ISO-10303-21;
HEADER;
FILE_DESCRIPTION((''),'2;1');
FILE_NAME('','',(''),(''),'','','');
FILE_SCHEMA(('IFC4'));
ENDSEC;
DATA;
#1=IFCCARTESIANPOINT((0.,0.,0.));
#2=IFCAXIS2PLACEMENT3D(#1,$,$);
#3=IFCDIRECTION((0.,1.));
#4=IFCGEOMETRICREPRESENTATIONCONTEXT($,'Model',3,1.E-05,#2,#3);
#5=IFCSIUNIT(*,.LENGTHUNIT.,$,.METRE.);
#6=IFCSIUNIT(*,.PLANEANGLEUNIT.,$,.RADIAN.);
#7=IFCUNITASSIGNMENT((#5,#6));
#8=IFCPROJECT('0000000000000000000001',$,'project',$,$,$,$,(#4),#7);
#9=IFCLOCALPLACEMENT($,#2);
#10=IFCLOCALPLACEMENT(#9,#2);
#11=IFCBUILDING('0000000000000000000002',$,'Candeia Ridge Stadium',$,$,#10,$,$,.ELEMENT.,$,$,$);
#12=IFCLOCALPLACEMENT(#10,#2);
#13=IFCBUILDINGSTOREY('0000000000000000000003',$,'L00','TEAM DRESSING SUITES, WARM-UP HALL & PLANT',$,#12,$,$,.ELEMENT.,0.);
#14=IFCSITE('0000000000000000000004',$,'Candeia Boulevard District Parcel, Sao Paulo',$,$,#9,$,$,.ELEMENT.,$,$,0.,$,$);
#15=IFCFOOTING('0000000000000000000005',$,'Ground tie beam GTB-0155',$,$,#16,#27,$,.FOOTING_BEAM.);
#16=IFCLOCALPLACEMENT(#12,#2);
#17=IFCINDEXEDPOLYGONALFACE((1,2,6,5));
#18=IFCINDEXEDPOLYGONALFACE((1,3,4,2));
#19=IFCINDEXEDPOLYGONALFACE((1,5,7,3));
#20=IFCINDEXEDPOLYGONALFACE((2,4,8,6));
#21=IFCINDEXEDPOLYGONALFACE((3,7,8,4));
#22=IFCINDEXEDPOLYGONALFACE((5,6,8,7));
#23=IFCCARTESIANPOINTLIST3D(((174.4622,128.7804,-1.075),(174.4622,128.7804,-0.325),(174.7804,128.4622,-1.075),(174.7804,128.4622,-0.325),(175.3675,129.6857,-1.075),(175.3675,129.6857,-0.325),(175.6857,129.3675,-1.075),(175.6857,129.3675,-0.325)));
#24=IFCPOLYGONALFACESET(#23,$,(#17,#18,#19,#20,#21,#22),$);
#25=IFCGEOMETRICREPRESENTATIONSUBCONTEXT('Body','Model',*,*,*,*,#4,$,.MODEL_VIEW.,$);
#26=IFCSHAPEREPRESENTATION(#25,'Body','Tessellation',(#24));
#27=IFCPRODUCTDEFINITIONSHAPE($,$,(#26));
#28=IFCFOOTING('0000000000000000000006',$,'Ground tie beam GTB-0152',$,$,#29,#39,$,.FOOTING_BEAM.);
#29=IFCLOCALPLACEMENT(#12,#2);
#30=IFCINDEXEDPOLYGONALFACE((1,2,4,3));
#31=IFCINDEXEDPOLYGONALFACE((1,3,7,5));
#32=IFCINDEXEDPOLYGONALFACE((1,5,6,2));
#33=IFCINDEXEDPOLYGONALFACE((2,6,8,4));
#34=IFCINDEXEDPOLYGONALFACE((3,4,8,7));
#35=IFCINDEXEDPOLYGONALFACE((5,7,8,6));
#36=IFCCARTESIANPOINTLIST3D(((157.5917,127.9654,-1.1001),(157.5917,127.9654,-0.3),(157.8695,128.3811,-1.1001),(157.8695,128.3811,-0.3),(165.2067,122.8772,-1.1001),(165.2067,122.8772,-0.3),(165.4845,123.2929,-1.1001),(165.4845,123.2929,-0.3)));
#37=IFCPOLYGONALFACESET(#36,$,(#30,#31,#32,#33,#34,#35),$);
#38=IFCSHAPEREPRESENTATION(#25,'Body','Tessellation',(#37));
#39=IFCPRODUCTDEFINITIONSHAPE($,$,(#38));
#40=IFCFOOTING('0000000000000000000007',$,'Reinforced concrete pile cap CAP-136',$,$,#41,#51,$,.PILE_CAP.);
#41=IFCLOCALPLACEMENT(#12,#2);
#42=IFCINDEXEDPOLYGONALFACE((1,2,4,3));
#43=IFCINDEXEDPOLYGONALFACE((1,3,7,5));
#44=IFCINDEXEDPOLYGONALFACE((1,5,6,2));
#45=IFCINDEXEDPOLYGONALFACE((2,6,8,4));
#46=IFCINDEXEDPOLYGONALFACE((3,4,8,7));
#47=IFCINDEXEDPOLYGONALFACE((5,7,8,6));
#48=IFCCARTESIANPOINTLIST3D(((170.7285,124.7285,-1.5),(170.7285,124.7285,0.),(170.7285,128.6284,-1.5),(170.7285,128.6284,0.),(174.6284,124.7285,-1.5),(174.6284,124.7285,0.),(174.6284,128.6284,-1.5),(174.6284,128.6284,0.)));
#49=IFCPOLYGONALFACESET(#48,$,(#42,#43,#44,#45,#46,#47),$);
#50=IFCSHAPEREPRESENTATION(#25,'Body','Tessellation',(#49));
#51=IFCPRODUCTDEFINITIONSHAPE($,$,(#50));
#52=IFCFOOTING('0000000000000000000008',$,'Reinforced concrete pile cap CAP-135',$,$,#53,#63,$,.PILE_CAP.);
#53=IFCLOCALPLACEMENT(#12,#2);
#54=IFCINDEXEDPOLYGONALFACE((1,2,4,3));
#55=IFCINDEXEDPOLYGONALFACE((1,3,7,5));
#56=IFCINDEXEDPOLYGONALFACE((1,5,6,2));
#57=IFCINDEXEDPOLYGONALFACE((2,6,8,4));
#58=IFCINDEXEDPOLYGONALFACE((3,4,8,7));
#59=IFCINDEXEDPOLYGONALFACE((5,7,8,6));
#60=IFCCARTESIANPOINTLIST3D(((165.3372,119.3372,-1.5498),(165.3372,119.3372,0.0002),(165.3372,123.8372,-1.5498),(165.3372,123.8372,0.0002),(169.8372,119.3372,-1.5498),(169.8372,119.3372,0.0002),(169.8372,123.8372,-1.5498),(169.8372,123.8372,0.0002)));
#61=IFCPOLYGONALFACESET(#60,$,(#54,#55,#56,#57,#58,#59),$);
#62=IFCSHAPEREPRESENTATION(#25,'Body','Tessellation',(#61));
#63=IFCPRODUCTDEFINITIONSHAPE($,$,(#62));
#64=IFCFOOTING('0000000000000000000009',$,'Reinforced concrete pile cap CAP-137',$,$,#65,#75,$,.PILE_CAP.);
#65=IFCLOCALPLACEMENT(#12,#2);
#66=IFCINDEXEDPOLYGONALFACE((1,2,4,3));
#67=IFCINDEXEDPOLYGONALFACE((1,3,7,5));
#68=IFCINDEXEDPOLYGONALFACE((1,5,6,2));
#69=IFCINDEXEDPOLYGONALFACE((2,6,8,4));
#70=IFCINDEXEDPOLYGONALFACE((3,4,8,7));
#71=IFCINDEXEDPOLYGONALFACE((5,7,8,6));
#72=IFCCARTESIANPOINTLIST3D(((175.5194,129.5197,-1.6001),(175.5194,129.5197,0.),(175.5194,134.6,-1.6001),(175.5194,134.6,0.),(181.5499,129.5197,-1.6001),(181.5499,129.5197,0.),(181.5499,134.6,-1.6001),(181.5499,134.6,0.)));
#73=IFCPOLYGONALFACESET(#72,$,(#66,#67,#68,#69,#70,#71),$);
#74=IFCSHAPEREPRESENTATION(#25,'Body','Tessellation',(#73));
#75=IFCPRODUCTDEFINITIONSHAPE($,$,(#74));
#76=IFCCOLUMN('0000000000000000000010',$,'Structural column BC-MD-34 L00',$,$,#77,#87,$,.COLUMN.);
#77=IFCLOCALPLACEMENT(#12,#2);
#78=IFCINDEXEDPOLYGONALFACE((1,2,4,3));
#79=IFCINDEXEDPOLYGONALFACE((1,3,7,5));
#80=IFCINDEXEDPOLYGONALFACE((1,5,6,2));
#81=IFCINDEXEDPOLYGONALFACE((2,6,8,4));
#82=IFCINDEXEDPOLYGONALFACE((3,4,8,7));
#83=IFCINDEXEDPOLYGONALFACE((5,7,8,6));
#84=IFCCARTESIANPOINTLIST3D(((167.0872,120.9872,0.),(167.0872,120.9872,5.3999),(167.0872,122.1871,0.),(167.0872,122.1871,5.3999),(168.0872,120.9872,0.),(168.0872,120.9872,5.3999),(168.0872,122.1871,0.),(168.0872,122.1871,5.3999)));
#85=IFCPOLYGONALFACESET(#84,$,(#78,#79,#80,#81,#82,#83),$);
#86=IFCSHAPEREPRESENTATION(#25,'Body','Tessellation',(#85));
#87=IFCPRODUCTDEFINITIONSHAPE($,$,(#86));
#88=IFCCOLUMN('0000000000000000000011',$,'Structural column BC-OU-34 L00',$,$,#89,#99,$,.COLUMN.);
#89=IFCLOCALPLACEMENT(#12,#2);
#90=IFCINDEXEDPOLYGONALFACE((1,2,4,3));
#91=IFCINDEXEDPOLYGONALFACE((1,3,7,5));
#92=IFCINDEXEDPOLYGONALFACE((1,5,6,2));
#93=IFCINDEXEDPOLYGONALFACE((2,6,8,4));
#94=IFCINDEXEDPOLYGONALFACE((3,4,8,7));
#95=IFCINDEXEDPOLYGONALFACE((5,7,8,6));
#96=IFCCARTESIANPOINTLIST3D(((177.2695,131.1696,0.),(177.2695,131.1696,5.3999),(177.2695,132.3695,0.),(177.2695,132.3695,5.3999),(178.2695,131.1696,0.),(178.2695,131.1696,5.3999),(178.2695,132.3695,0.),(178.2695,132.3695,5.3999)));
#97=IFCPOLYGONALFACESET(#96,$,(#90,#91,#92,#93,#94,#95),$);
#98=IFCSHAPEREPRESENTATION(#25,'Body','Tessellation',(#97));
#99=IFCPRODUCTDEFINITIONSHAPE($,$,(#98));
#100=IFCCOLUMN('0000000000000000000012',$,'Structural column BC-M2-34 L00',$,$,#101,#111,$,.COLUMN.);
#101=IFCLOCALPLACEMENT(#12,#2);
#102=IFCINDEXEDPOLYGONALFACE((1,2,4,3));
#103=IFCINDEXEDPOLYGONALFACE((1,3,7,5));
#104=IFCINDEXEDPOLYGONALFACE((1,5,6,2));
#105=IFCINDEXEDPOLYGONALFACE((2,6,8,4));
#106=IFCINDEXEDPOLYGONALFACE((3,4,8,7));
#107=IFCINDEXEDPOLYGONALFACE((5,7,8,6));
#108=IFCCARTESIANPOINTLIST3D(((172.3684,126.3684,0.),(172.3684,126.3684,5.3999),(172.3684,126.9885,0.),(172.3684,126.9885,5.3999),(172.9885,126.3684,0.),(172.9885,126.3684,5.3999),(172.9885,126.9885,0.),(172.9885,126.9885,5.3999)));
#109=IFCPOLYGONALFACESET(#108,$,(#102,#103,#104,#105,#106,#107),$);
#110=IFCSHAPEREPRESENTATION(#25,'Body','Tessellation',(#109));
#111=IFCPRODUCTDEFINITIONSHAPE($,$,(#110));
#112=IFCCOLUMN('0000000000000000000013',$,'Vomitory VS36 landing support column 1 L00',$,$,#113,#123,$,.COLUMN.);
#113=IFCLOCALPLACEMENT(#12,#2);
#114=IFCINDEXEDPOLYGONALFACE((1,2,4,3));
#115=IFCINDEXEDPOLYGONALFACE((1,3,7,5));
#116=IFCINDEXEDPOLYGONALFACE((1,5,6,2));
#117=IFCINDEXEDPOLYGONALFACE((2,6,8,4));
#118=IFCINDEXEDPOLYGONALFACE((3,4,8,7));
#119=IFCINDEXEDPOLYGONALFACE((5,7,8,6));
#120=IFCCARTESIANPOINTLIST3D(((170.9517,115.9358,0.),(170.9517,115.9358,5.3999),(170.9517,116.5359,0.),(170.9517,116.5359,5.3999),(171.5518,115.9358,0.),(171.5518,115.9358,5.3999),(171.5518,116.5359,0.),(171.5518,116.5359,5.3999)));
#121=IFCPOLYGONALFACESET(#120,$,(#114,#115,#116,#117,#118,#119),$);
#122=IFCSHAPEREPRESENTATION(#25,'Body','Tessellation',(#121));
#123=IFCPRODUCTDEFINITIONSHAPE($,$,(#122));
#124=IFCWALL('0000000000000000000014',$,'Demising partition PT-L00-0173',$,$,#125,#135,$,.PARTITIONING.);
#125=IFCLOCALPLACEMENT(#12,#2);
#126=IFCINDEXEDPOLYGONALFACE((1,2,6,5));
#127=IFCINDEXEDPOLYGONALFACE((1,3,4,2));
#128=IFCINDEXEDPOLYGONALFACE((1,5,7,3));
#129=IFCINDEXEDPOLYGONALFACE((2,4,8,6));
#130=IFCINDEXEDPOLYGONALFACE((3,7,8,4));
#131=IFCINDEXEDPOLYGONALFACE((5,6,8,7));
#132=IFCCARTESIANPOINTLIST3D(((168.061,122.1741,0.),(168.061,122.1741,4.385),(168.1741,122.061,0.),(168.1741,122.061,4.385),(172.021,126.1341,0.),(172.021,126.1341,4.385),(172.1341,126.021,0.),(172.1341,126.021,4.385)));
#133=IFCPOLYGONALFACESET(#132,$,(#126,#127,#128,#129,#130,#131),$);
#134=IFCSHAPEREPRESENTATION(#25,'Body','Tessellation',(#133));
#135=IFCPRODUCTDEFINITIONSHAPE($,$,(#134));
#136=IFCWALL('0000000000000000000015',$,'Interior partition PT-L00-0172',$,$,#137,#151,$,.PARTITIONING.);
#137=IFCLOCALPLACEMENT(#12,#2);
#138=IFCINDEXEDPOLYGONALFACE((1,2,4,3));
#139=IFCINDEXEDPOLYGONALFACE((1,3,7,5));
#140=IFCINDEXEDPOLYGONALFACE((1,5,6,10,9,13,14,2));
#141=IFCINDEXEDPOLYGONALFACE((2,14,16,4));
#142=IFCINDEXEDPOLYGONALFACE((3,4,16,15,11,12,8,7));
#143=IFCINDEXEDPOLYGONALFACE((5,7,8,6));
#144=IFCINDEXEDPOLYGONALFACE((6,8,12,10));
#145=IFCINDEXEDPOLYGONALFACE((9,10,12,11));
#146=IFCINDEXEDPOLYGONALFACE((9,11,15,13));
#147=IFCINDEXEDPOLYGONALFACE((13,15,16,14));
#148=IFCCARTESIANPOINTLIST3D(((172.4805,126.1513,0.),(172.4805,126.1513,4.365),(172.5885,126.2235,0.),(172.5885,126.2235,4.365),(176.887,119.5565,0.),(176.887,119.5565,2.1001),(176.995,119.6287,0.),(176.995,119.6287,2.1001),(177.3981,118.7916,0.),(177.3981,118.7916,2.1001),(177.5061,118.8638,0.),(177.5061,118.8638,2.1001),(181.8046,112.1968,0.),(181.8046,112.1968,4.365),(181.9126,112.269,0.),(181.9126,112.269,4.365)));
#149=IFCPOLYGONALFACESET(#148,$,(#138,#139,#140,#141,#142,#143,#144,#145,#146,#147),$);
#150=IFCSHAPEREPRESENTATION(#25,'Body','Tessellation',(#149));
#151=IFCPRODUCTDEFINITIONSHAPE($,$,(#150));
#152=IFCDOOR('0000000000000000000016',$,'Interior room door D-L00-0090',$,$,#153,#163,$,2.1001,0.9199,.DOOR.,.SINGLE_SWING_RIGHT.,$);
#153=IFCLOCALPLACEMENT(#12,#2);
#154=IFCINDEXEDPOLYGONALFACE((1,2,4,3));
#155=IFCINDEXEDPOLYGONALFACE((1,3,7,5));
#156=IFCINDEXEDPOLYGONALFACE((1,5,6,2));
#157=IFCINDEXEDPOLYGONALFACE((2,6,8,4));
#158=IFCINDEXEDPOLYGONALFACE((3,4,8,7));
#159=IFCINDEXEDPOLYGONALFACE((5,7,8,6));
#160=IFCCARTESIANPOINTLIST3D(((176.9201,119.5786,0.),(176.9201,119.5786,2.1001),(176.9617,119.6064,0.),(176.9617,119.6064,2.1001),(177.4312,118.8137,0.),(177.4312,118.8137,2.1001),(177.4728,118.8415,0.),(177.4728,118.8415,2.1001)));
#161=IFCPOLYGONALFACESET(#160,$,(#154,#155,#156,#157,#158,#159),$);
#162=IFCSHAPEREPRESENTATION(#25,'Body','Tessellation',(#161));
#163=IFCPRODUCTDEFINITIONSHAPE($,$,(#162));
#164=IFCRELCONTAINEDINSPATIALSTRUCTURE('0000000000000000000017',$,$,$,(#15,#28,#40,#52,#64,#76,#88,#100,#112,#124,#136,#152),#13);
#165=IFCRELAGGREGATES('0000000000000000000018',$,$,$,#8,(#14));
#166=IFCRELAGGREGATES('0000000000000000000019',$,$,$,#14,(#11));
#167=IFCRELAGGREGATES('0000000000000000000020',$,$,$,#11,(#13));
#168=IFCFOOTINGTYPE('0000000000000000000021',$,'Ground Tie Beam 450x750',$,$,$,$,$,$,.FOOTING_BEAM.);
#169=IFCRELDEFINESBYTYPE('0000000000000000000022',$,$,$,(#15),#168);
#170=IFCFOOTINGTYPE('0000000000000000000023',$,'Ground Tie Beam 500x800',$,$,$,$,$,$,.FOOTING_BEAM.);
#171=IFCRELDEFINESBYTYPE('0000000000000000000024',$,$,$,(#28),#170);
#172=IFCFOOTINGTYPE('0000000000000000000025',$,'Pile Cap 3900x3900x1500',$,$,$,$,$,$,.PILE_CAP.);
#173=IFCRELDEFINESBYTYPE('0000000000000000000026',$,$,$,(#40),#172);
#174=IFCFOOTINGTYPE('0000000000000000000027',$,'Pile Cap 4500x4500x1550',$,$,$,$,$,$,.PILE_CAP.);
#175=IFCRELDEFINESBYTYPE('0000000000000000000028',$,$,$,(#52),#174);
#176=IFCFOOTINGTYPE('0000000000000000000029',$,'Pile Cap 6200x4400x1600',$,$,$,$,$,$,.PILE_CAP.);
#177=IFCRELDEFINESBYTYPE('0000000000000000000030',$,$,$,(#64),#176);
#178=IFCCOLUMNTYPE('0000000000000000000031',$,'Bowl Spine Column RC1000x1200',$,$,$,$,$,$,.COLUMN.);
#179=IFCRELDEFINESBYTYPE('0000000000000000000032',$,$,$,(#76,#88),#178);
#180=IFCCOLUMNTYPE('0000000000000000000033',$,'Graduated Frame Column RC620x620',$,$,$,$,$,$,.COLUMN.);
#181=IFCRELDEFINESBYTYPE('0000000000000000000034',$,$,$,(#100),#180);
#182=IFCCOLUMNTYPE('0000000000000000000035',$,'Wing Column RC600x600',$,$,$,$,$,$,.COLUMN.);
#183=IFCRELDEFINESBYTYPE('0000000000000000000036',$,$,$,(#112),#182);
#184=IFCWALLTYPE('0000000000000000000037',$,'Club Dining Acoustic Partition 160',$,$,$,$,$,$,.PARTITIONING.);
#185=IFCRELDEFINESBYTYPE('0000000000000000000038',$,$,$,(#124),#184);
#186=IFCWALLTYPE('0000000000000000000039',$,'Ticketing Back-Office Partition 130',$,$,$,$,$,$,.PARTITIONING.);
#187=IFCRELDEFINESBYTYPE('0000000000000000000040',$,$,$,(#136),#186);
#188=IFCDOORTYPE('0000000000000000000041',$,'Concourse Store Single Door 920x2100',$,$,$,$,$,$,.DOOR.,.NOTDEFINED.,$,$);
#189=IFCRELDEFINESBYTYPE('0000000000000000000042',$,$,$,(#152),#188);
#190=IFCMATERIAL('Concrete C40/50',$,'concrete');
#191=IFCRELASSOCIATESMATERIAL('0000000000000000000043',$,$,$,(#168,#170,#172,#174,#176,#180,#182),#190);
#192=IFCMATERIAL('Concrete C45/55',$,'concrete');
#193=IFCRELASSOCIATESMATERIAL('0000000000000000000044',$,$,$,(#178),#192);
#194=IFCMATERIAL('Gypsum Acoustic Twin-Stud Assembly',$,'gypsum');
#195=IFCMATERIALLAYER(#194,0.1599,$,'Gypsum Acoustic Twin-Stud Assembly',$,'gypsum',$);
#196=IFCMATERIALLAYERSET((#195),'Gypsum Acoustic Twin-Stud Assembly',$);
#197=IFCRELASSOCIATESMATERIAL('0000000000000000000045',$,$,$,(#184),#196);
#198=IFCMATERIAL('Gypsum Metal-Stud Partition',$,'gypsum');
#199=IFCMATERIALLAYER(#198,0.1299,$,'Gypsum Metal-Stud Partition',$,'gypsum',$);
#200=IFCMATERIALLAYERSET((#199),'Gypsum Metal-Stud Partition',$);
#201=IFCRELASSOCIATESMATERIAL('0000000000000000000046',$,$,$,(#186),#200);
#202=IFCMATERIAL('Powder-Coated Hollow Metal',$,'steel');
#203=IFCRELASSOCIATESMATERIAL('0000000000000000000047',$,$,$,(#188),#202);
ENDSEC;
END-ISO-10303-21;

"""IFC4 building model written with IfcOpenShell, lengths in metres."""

from ifc_helpers import new_model, si_unit, direction, frame, frame_2d, origin, origin_2d, place, context, subcontext, project, spatial, rectangle, extrude, material, layer, layer_set, material_profile, profile_set, type_object, element, fill, save


model = new_model("IFC4")

# Units and contexts
model_context = context("Model", 3, precision=1e-05, world=origin(), true_north=direction((0.0, 1.0)))
body_context = subcontext(model_context, "Body", "Model", "MODEL_VIEW")
ifc_project = project(units=[si_unit("LENGTHUNIT", "METRE"), si_unit("PLANEANGLEUNIT", "RADIAN")], contexts=[model_context])

# Site, building, storey
site_placement = place(None, origin())
site = spatial("IfcSite", under=ifc_project, at=site_placement, Name="Candeia Boulevard District Parcel, Sao Paulo", CompositionType="ELEMENT", RefElevation=0.0)
building_placement = place(site_placement, origin())
building = spatial("IfcBuilding", under=site, at=building_placement, Name="Candeia Ridge Stadium", CompositionType="ELEMENT")
storey_placement = place(building_placement, origin())
storey = spatial("IfcBuildingStorey", under=building, at=storey_placement, Name="L00", Description="TEAM DRESSING SUITES, WARM-UP HALL & PLANT", CompositionType="ELEMENT", Elevation=0.0)

# Shared definitions
ifc_material_1 = material(Name="Concrete C40/50", Category="concrete")

# Footings
footing_type_1 = type_object("IfcFootingType", Name="Ground Tie Beam 450x750", PredefinedType="FOOTING_BEAM", material=ifc_material_1)
footing_1_placement = place(storey_placement, frame((175.074, 129.074, -1.075), z_axis=(0.0, 0.0, 1.0), x_axis=(0.707107, 0.707107, 0.0)))
element("IfcFooting", 1, at=footing_1_placement, inside=storey, type_object=footing_type_1, Name="Ground tie beam GTB-0155", PredefinedType="FOOTING_BEAM", context=body_context, shape_type="SweptSolid", body=[
    extrude(rectangle(XDim=1.2803, YDim=0.45, at=origin_2d()), origin(), (0.0, 0.0, 1.0), 0.75),
])
footing_type_2 = type_object("IfcFootingType", Name="Ground Tie Beam 500x800", PredefinedType="FOOTING_BEAM", material=ifc_material_1)
footing_2_placement = place(storey_placement, frame((161.5381, 125.6292, -1.1001), z_axis=(0.0, 0.0, 1.0), x_axis=(-0.83147, 0.555569, 0.0)))
element("IfcFooting", 2, at=footing_2_placement, inside=storey, type_object=footing_type_2, Name="Ground tie beam GTB-0152", PredefinedType="FOOTING_BEAM", context=body_context, shape_type="SweptSolid", body=[
    extrude(rectangle(XDim=9.1584, YDim=0.5, at=origin_2d()), origin(), (0.0, 0.0, 1.0), 0.8),
])
footing_type_3 = type_object("IfcFootingType", Name="Pile Cap 3900x3900x1500", PredefinedType="PILE_CAP", material=ifc_material_1)
footing_3_placement = place(storey_placement, frame((172.6785, 126.6785, -1.5), z_axis=(0.0, 0.0, 1.0), x_axis=(1.0, 0.0, 0.0)))
element("IfcFooting", 3, at=footing_3_placement, inside=storey, type_object=footing_type_3, Name="Reinforced concrete pile cap CAP-136", PredefinedType="PILE_CAP", context=body_context, shape_type="SweptSolid", body=[
    extrude(rectangle(XDim=3.8999, YDim=3.8999, at=origin_2d()), origin(), (0.0, 0.0, 1.0), 1.5),
])
footing_type_4 = type_object("IfcFootingType", Name="Pile Cap 4500x4500x1550", PredefinedType="PILE_CAP", material=ifc_material_1)
footing_4_placement = place(storey_placement, frame((167.5872, 121.5872, -1.5498), z_axis=(0.0, 0.0, 1.0), x_axis=(1.0, 0.0, 0.0)))
element("IfcFooting", 4, at=footing_4_placement, inside=storey, type_object=footing_type_4, Name="Reinforced concrete pile cap CAP-135", PredefinedType="PILE_CAP", context=body_context, shape_type="SweptSolid", body=[
    extrude(rectangle(XDim=4.5, YDim=4.5, at=origin_2d()), origin(), (0.0, 0.0, 1.0), 1.55),
])
footing_type_5 = type_object("IfcFootingType", Name="Pile Cap 6200x4400x1600", PredefinedType="PILE_CAP", material=ifc_material_1)
footing_5_placement = place(storey_placement, frame((178.5347, 132.0598, -1.6001), z_axis=(0.0, 0.0, 1.0), x_axis=(1.0, 0.0, 0.0)))
element("IfcFooting", 5, at=footing_5_placement, inside=storey, type_object=footing_type_5, Name="Reinforced concrete pile cap CAP-137", PredefinedType="PILE_CAP", context=body_context, shape_type="SweptSolid", body=[
    extrude(rectangle(XDim=6.0305, YDim=5.0803, at=origin_2d()), origin(), (0.0, 0.0, 1.0), 1.6001),
])

# Columns
ifc_material_2 = material(Name="Concrete C45/55", Category="concrete")
ifc_material_profile_1 = material_profile(ifc_material_2, rectangle(XDim=1.0, YDim=1.2, at=origin_2d()), Name="RC1000x1200", Category="concrete")
ifc_profile_set_1 = profile_set([ifc_material_profile_1], Name="Concrete C45/55")
column_type_1 = type_object("IfcColumnType", Name="Bowl Spine Column RC1000x1200", PredefinedType="COLUMN", material=ifc_profile_set_1)
for number, where, z_axis, x_axis, name in (
    (6, (167.5872, 121.5872, 0.0), (0.0, 0.0, 1.0), (1.0, 0.0, 0.0), "Structural column BC-MD-34 L00"),
    (7, (177.7695, 131.7695, 0.0), (0.0, 0.0, 1.0), (1.0, 0.0, 0.0), "Structural column BC-OU-34 L00"),
):
    element("IfcColumn", number, at=place(storey_placement, frame(where, z_axis=z_axis, x_axis=x_axis)), inside=storey, type_object=column_type_1, Name=name, PredefinedType="COLUMN", context=body_context, shape_type="SweptSolid", body=[
        extrude(rectangle(XDim=1.0, YDim=1.2, at=origin_2d()), origin(), (0.0, 0.0, 1.0), 5.3999),
    ])
ifc_material_profile_2 = material_profile(ifc_material_1, rectangle(XDim=0.6201, YDim=0.6201, at=origin_2d()), Name="RC620x620", Category="concrete")
ifc_profile_set_2 = profile_set([ifc_material_profile_2], Name="Concrete C40/50")
column_type_2 = type_object("IfcColumnType", Name="Graduated Frame Column RC620x620", PredefinedType="COLUMN", material=ifc_profile_set_2)
column_1_placement = place(storey_placement, frame((172.6785, 126.6785, 0.0), z_axis=(0.0, 0.0, 1.0), x_axis=(1.0, 0.0, 0.0)))
element("IfcColumn", 8, at=column_1_placement, inside=storey, type_object=column_type_2, Name="Structural column BC-M2-34 L00", PredefinedType="COLUMN", context=body_context, shape_type="SweptSolid", body=[
    extrude(rectangle(XDim=0.6201, YDim=0.6201, at=origin_2d()), origin(), (0.0, 0.0, 1.0), 5.3999),
])
ifc_material_profile_3 = material_profile(ifc_material_1, rectangle(XDim=0.6001, YDim=0.6001, at=origin_2d()), Name="RC600x600", Category="concrete")
ifc_profile_set_3 = profile_set([ifc_material_profile_3], Name="Concrete C40/50")
column_type_3 = type_object("IfcColumnType", Name="Wing Column RC600x600", PredefinedType="COLUMN", material=ifc_profile_set_3)
column_2_placement = place(storey_placement, frame((171.2517, 116.2358, 0.0), z_axis=(0.0, 0.0, 1.0), x_axis=(1.0, 0.0, 0.0)))
element("IfcColumn", 9, at=column_2_placement, inside=storey, type_object=column_type_3, Name="Vomitory VS36 landing support column 1 L00", PredefinedType="COLUMN", context=body_context, shape_type="SweptSolid", body=[
    extrude(rectangle(XDim=0.6001, YDim=0.6001, at=origin_2d()), origin(), (0.0, 0.0, 1.0), 5.3999),
])

# Wall
ifc_material_3 = material(Name="Gypsum Acoustic Twin-Stud Assembly", Category="gypsum")
ifc_layer_1 = layer(ifc_material_3, 0.1599, Name="Gypsum Acoustic Twin-Stud Assembly", Category="gypsum")
ifc_layer_set_1 = layer_set([ifc_layer_1], Name="Gypsum Acoustic Twin-Stud Assembly")
wall_type_1 = type_object("IfcWallType", Name="Club Dining Acoustic Partition 160", PredefinedType="PARTITIONING", material=ifc_layer_set_1)
wall_1_placement = place(storey_placement, frame((168.1174, 122.1174, 0.0), z_axis=(0.0, 0.0, 1.0), x_axis=(0.707107, 0.707107, 0.0)))
element("IfcWall", 10, at=wall_1_placement, inside=storey, type_object=wall_type_1, Name="Demising partition PT-L00-0173", PredefinedType="PARTITIONING", context=body_context, shape_type="SweptSolid", body=[
    extrude(rectangle(XDim=5.6003, YDim=0.1599, at=frame_2d((2.8003, 0.0))), origin(), (0.0, 0.0, 1.0), 4.385),
])

# Wall, opening, door
ifc_material_4 = material(Name="Gypsum Metal-Stud Partition", Category="gypsum")
ifc_layer_2 = layer(ifc_material_4, 0.1299, Name="Gypsum Metal-Stud Partition", Category="gypsum")
ifc_layer_set_2 = layer_set([ifc_layer_2], Name="Gypsum Metal-Stud Partition")
wall_type_2 = type_object("IfcWallType", Name="Ticketing Back-Office Partition 130", PredefinedType="PARTITIONING", material=ifc_layer_set_2)
wall_2_placement = place(storey_placement, frame((172.5344, 126.1875, 0.0), z_axis=(0.0, 0.0, 1.0), x_axis=(0.555573, -0.831468, 0.0)))
wall_2 = element("IfcWall", 11, at=wall_2_placement, inside=storey, type_object=wall_type_2, Name="Interior partition PT-L00-0172", PredefinedType="PARTITIONING", context=body_context, shape_type="SweptSolid", body=[
    extrude(rectangle(XDim=16.783, YDim=0.1299, at=frame_2d((8.3916, 0.0))), origin(), (0.0, 0.0, 1.0), 4.365),
])
opening_placement = place(wall_2_placement, frame((7.9316, 0.0, 0.0)))
opening = element("IfcOpeningElement", 12, at=opening_placement, cuts=wall_2, PredefinedType="OPENING", context=body_context, shape_type="SweptSolid", body=[
    extrude(rectangle(XDim=0.9199, YDim=2.1001, at=frame_2d((0.46, 1.05))), frame((0.0, 0.075, 0.0), z_axis=(0.0, -1.0, 0.0), x_axis=(1.0, 0.0, 0.0)), (0.0, 0.0, 1.0), 0.1499),
])
ifc_material_5 = material(Name="Powder-Coated Hollow Metal", Category="steel")
door_type = type_object("IfcDoorType", Name="Concourse Store Single Door 920x2100", OperationType="NOTDEFINED", PredefinedType="DOOR", material=ifc_material_5)
door_placement = place(opening_placement, origin())
door = element("IfcDoor", 13, at=door_placement, inside=storey, type_object=door_type, Name="Interior room door D-L00-0090", OperationType="SINGLE_SWING_RIGHT", OverallHeight=2.1001, OverallWidth=0.9199, PredefinedType="DOOR", context=body_context, shape_type="SweptSolid", body=[
    extrude(rectangle(XDim=0.9199, YDim=2.1001, at=frame_2d((0.46, 1.05))), frame((0.0, 0.0249, 0.0), z_axis=(0.0, -1.0, 0.0), x_axis=(1.0, 0.0, 0.0)), (0.0, 0.0, 1.0), 0.05),
])
fill(opening, door)

save(model, "model.ifc")
